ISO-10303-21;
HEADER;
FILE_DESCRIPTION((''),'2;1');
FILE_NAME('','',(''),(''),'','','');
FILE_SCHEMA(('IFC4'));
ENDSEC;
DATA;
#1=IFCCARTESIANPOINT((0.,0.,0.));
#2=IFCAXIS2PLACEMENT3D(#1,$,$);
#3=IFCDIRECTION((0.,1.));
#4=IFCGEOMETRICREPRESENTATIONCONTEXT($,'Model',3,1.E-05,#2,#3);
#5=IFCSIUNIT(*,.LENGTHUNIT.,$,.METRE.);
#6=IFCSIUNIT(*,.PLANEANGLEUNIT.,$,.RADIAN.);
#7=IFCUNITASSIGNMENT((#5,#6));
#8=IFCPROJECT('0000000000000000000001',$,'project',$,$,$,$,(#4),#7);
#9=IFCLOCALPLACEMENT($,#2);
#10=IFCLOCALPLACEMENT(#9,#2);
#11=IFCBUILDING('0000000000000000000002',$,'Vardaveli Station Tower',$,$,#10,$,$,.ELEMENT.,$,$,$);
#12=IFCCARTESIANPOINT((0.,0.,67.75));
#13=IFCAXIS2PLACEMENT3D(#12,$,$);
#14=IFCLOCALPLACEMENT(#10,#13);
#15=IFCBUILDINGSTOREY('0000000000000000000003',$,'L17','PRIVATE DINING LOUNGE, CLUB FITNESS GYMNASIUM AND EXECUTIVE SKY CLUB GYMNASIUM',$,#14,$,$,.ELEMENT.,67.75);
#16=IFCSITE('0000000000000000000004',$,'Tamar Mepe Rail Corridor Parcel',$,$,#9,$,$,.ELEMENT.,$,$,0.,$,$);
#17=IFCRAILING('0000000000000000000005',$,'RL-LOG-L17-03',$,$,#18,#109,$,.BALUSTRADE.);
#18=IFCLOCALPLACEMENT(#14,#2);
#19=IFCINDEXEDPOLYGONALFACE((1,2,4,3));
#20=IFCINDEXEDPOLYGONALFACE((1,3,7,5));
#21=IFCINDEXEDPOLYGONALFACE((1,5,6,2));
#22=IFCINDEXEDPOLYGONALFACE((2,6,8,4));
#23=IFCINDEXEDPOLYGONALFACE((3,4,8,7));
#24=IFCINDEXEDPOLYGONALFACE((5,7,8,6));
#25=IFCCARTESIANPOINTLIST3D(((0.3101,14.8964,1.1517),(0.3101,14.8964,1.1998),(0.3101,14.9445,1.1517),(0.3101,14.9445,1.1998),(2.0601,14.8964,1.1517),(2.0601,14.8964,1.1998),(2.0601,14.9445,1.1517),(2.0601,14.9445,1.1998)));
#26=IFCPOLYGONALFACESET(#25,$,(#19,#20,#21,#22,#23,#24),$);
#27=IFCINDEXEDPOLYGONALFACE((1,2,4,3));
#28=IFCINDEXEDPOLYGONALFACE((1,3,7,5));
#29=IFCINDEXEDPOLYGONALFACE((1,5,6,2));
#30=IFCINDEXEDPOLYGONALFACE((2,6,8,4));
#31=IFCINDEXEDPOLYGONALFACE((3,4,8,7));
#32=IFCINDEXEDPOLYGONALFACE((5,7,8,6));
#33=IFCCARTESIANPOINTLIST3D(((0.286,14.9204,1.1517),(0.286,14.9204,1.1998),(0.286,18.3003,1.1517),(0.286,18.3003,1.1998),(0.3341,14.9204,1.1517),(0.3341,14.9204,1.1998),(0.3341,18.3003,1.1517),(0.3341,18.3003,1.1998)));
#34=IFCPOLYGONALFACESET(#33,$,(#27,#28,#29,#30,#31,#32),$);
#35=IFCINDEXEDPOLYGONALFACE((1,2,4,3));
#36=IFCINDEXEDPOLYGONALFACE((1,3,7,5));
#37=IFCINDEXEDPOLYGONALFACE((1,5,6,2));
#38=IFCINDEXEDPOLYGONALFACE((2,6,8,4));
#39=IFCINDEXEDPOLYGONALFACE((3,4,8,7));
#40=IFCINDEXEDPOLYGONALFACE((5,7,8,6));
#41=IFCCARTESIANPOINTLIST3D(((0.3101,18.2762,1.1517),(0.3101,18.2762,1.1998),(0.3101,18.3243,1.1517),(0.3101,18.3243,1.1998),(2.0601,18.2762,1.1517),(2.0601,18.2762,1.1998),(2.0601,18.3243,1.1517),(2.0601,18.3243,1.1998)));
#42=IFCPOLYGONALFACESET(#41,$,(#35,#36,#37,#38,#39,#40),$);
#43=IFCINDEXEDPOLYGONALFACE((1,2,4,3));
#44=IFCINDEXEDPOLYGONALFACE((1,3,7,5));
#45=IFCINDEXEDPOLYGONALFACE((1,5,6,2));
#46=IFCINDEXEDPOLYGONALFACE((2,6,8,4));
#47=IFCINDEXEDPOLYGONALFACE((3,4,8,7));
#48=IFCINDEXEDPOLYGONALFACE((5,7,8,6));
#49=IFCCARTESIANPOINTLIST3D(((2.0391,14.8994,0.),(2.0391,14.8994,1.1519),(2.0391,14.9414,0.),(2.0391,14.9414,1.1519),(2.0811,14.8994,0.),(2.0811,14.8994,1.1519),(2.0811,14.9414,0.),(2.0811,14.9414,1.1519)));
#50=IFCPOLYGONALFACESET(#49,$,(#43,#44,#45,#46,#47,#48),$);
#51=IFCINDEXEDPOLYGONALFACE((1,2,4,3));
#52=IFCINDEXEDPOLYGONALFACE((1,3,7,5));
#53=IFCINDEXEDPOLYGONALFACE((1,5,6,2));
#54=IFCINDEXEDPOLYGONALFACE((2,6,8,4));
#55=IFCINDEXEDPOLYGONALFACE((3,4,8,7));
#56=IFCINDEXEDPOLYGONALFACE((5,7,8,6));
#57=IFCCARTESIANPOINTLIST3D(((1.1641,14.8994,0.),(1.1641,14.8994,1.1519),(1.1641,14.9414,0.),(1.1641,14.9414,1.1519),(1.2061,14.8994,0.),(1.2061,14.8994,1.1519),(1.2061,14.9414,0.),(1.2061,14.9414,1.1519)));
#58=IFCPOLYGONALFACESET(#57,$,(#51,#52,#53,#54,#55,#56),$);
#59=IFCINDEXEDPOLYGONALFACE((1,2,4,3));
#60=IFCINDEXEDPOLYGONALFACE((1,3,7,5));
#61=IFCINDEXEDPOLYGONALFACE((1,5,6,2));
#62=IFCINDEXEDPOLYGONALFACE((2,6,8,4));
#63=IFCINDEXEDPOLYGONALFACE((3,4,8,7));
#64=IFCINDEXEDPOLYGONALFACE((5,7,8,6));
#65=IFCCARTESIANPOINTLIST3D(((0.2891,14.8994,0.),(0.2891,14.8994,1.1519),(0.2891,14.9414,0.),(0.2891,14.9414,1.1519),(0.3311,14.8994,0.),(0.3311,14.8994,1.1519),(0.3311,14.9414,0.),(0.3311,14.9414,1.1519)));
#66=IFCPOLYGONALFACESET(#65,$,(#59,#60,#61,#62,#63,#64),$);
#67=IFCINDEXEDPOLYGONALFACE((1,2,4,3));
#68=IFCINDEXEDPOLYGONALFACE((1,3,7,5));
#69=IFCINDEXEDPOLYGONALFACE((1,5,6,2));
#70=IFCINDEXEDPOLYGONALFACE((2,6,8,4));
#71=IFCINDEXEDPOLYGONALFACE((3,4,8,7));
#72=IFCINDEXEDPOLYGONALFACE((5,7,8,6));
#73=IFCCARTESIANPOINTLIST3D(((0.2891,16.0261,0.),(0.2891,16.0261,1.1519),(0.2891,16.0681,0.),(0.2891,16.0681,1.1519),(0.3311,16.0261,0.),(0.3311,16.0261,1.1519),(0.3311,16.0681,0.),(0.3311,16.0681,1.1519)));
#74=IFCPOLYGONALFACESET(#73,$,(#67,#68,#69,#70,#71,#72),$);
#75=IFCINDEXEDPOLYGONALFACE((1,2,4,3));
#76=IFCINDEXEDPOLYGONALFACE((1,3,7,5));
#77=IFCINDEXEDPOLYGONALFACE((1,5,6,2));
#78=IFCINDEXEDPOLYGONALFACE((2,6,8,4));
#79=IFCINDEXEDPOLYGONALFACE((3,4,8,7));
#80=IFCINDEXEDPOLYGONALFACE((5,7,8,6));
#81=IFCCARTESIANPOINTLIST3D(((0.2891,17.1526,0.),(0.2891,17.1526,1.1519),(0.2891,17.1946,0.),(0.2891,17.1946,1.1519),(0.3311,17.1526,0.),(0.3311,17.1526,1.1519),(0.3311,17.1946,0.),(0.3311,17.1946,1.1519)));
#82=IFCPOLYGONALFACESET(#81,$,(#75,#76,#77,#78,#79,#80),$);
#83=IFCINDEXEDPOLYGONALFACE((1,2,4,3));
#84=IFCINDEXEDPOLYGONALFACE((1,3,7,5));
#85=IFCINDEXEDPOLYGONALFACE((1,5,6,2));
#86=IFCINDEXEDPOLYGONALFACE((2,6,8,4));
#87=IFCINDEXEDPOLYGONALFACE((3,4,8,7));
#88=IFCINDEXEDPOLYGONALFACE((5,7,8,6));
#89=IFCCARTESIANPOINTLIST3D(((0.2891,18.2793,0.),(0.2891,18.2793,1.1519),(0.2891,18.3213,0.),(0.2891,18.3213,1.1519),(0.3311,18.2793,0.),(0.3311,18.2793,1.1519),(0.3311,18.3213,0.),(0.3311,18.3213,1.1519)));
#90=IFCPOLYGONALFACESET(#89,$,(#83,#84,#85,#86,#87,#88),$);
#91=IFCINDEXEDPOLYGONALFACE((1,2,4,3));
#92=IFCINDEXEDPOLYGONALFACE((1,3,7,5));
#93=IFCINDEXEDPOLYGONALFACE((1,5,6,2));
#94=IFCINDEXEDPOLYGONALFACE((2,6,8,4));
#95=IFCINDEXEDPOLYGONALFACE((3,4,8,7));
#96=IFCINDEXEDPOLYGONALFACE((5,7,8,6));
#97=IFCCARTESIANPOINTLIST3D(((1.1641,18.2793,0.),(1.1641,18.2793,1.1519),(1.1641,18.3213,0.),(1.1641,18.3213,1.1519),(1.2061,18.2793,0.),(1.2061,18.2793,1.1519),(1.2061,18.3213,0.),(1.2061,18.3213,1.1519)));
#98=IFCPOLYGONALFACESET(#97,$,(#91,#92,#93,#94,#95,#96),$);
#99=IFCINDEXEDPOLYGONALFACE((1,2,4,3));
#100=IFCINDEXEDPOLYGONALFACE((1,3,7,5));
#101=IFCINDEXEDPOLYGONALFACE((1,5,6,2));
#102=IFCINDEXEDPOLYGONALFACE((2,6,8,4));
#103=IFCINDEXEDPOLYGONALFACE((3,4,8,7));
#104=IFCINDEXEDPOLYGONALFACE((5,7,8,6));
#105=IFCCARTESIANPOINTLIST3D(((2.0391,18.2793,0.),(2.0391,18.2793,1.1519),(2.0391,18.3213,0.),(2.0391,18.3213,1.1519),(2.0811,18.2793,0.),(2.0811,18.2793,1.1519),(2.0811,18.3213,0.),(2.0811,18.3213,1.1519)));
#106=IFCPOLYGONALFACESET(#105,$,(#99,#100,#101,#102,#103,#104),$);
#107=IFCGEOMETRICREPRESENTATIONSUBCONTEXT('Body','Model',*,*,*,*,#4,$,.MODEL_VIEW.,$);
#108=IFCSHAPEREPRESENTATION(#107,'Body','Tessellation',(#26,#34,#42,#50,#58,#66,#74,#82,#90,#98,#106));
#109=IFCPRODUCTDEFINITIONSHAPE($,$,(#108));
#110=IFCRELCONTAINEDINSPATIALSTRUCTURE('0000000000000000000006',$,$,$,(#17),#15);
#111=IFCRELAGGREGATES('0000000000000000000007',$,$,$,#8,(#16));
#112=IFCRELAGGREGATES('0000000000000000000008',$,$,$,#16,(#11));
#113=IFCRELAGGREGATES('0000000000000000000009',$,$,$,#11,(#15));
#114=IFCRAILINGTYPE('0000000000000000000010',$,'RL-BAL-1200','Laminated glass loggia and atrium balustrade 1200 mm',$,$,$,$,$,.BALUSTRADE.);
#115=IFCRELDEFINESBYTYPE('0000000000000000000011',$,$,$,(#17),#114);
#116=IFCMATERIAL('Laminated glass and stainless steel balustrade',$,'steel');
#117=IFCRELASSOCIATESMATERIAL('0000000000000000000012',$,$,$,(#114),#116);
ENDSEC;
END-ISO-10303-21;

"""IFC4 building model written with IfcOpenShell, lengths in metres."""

from ifc_helpers import new_model, si_unit, direction, frame, origin, origin_2d, place, context, subcontext, project, spatial, rectangle, extrude, source, transform, mapped, material, type_object, element, save


model = new_model("IFC4")

# Units and contexts
model_context = context("Model", 3, precision=1e-05, world=origin(), true_north=direction((0.0, 1.0)))
body_context = subcontext(model_context, "Body", "Model", "MODEL_VIEW")
ifc_project = project(units=[si_unit("LENGTHUNIT", "METRE"), si_unit("PLANEANGLEUNIT", "RADIAN")], contexts=[model_context])

# Site, building, storey
site_placement = place(None, origin())
site = spatial("IfcSite", under=ifc_project, at=site_placement, Name="Tamar Mepe Rail Corridor Parcel", CompositionType="ELEMENT", RefElevation=0.0)
building_placement = place(site_placement, origin())
building = spatial("IfcBuilding", under=site, at=building_placement, Name="Vardaveli Station Tower", CompositionType="ELEMENT")
storey_placement = place(building_placement, frame((0.0, 0.0, 67.75)))
storey = spatial("IfcBuildingStorey", under=building, at=storey_placement, Name="L17", Description="PRIVATE DINING LOUNGE, CLUB FITNESS GYMNASIUM AND EXECUTIVE SKY CLUB GYMNASIUM", CompositionType="ELEMENT", Elevation=67.75)

# Railing
ifc_material_1 = material(Name="Laminated glass and stainless steel balustrade", Category="steel")
railing_type = type_object("IfcRailingType", Name="RL-BAL-1200", Description="Laminated glass loggia and atrium balustrade 1200 mm", PredefinedType="BALUSTRADE", material=ifc_material_1)
shared_shape_1 = source(origin(), body_context, "Body", "SweptSolid", [
    extrude(rectangle(XDim=0.0481, YDim=0.0481, at=origin_2d()), frame((0.0, 0.0, 1.1758), z_axis=(-1.0, 0.0, 0.0), x_axis=(0.0, -1.0, 0.0)), (0.0, 0.0, 1.0), 1.75),
    extrude(rectangle(XDim=0.0481, YDim=0.0481, at=origin_2d()), frame((-1.75, 0.0, 1.1758), z_axis=(0.0, 1.0, 0.0), x_axis=(-1.0, 0.0, 0.0)), (0.0, 0.0, 1.0), 3.3799),
    extrude(rectangle(XDim=0.0481, YDim=0.0481, at=origin_2d()), frame((-1.75, 3.3799, 1.1758), z_axis=(1.0, 0.0, 0.0), x_axis=(0.0, 1.0, 0.0)), (0.0, 0.0, 1.0), 1.75),
    extrude(rectangle(XDim=0.042, YDim=0.042, at=origin_2d()), origin(), (0.0, 0.0, 1.0), 1.1519),
    extrude(rectangle(XDim=0.042, YDim=0.042, at=origin_2d()), frame((-0.875, 0.0, 0.0)), (0.0, 0.0, 1.0), 1.1519),
    extrude(rectangle(XDim=0.042, YDim=0.042, at=origin_2d()), frame((-1.75, 0.0, 0.0)), (0.0, 0.0, 1.0), 1.1519),
    extrude(rectangle(XDim=0.042, YDim=0.042, at=origin_2d()), frame((-1.75, 1.1267, 0.0)), (0.0, 0.0, 1.0), 1.1519),
    extrude(rectangle(XDim=0.042, YDim=0.042, at=origin_2d()), frame((-1.75, 2.2532, 0.0)), (0.0, 0.0, 1.0), 1.1519),
    extrude(rectangle(XDim=0.042, YDim=0.042, at=origin_2d()), frame((-1.75, 3.3799, 0.0)), (0.0, 0.0, 1.0), 1.1519),
    extrude(rectangle(XDim=0.042, YDim=0.042, at=origin_2d()), frame((-0.875, 3.3799, 0.0)), (0.0, 0.0, 1.0), 1.1519),
    extrude(rectangle(XDim=0.042, YDim=0.042, at=origin_2d()), frame((0.0, 3.3799, 0.0)), (0.0, 0.0, 1.0), 1.1519),
])
railing_placement = place(storey_placement, frame((2.0601, 14.9204, 0.0)))
element("IfcRailing", 1, at=railing_placement, inside=storey, type_object=railing_type, Name="RL-LOG-L17-03", PredefinedType="BALUSTRADE", context=body_context, shape_type="MappedRepresentation", body=[
    mapped(shared_shape_1, transform((0.0, 0.0, 0.0), scale=1.0)),
])

save(model, "model.ifc")
